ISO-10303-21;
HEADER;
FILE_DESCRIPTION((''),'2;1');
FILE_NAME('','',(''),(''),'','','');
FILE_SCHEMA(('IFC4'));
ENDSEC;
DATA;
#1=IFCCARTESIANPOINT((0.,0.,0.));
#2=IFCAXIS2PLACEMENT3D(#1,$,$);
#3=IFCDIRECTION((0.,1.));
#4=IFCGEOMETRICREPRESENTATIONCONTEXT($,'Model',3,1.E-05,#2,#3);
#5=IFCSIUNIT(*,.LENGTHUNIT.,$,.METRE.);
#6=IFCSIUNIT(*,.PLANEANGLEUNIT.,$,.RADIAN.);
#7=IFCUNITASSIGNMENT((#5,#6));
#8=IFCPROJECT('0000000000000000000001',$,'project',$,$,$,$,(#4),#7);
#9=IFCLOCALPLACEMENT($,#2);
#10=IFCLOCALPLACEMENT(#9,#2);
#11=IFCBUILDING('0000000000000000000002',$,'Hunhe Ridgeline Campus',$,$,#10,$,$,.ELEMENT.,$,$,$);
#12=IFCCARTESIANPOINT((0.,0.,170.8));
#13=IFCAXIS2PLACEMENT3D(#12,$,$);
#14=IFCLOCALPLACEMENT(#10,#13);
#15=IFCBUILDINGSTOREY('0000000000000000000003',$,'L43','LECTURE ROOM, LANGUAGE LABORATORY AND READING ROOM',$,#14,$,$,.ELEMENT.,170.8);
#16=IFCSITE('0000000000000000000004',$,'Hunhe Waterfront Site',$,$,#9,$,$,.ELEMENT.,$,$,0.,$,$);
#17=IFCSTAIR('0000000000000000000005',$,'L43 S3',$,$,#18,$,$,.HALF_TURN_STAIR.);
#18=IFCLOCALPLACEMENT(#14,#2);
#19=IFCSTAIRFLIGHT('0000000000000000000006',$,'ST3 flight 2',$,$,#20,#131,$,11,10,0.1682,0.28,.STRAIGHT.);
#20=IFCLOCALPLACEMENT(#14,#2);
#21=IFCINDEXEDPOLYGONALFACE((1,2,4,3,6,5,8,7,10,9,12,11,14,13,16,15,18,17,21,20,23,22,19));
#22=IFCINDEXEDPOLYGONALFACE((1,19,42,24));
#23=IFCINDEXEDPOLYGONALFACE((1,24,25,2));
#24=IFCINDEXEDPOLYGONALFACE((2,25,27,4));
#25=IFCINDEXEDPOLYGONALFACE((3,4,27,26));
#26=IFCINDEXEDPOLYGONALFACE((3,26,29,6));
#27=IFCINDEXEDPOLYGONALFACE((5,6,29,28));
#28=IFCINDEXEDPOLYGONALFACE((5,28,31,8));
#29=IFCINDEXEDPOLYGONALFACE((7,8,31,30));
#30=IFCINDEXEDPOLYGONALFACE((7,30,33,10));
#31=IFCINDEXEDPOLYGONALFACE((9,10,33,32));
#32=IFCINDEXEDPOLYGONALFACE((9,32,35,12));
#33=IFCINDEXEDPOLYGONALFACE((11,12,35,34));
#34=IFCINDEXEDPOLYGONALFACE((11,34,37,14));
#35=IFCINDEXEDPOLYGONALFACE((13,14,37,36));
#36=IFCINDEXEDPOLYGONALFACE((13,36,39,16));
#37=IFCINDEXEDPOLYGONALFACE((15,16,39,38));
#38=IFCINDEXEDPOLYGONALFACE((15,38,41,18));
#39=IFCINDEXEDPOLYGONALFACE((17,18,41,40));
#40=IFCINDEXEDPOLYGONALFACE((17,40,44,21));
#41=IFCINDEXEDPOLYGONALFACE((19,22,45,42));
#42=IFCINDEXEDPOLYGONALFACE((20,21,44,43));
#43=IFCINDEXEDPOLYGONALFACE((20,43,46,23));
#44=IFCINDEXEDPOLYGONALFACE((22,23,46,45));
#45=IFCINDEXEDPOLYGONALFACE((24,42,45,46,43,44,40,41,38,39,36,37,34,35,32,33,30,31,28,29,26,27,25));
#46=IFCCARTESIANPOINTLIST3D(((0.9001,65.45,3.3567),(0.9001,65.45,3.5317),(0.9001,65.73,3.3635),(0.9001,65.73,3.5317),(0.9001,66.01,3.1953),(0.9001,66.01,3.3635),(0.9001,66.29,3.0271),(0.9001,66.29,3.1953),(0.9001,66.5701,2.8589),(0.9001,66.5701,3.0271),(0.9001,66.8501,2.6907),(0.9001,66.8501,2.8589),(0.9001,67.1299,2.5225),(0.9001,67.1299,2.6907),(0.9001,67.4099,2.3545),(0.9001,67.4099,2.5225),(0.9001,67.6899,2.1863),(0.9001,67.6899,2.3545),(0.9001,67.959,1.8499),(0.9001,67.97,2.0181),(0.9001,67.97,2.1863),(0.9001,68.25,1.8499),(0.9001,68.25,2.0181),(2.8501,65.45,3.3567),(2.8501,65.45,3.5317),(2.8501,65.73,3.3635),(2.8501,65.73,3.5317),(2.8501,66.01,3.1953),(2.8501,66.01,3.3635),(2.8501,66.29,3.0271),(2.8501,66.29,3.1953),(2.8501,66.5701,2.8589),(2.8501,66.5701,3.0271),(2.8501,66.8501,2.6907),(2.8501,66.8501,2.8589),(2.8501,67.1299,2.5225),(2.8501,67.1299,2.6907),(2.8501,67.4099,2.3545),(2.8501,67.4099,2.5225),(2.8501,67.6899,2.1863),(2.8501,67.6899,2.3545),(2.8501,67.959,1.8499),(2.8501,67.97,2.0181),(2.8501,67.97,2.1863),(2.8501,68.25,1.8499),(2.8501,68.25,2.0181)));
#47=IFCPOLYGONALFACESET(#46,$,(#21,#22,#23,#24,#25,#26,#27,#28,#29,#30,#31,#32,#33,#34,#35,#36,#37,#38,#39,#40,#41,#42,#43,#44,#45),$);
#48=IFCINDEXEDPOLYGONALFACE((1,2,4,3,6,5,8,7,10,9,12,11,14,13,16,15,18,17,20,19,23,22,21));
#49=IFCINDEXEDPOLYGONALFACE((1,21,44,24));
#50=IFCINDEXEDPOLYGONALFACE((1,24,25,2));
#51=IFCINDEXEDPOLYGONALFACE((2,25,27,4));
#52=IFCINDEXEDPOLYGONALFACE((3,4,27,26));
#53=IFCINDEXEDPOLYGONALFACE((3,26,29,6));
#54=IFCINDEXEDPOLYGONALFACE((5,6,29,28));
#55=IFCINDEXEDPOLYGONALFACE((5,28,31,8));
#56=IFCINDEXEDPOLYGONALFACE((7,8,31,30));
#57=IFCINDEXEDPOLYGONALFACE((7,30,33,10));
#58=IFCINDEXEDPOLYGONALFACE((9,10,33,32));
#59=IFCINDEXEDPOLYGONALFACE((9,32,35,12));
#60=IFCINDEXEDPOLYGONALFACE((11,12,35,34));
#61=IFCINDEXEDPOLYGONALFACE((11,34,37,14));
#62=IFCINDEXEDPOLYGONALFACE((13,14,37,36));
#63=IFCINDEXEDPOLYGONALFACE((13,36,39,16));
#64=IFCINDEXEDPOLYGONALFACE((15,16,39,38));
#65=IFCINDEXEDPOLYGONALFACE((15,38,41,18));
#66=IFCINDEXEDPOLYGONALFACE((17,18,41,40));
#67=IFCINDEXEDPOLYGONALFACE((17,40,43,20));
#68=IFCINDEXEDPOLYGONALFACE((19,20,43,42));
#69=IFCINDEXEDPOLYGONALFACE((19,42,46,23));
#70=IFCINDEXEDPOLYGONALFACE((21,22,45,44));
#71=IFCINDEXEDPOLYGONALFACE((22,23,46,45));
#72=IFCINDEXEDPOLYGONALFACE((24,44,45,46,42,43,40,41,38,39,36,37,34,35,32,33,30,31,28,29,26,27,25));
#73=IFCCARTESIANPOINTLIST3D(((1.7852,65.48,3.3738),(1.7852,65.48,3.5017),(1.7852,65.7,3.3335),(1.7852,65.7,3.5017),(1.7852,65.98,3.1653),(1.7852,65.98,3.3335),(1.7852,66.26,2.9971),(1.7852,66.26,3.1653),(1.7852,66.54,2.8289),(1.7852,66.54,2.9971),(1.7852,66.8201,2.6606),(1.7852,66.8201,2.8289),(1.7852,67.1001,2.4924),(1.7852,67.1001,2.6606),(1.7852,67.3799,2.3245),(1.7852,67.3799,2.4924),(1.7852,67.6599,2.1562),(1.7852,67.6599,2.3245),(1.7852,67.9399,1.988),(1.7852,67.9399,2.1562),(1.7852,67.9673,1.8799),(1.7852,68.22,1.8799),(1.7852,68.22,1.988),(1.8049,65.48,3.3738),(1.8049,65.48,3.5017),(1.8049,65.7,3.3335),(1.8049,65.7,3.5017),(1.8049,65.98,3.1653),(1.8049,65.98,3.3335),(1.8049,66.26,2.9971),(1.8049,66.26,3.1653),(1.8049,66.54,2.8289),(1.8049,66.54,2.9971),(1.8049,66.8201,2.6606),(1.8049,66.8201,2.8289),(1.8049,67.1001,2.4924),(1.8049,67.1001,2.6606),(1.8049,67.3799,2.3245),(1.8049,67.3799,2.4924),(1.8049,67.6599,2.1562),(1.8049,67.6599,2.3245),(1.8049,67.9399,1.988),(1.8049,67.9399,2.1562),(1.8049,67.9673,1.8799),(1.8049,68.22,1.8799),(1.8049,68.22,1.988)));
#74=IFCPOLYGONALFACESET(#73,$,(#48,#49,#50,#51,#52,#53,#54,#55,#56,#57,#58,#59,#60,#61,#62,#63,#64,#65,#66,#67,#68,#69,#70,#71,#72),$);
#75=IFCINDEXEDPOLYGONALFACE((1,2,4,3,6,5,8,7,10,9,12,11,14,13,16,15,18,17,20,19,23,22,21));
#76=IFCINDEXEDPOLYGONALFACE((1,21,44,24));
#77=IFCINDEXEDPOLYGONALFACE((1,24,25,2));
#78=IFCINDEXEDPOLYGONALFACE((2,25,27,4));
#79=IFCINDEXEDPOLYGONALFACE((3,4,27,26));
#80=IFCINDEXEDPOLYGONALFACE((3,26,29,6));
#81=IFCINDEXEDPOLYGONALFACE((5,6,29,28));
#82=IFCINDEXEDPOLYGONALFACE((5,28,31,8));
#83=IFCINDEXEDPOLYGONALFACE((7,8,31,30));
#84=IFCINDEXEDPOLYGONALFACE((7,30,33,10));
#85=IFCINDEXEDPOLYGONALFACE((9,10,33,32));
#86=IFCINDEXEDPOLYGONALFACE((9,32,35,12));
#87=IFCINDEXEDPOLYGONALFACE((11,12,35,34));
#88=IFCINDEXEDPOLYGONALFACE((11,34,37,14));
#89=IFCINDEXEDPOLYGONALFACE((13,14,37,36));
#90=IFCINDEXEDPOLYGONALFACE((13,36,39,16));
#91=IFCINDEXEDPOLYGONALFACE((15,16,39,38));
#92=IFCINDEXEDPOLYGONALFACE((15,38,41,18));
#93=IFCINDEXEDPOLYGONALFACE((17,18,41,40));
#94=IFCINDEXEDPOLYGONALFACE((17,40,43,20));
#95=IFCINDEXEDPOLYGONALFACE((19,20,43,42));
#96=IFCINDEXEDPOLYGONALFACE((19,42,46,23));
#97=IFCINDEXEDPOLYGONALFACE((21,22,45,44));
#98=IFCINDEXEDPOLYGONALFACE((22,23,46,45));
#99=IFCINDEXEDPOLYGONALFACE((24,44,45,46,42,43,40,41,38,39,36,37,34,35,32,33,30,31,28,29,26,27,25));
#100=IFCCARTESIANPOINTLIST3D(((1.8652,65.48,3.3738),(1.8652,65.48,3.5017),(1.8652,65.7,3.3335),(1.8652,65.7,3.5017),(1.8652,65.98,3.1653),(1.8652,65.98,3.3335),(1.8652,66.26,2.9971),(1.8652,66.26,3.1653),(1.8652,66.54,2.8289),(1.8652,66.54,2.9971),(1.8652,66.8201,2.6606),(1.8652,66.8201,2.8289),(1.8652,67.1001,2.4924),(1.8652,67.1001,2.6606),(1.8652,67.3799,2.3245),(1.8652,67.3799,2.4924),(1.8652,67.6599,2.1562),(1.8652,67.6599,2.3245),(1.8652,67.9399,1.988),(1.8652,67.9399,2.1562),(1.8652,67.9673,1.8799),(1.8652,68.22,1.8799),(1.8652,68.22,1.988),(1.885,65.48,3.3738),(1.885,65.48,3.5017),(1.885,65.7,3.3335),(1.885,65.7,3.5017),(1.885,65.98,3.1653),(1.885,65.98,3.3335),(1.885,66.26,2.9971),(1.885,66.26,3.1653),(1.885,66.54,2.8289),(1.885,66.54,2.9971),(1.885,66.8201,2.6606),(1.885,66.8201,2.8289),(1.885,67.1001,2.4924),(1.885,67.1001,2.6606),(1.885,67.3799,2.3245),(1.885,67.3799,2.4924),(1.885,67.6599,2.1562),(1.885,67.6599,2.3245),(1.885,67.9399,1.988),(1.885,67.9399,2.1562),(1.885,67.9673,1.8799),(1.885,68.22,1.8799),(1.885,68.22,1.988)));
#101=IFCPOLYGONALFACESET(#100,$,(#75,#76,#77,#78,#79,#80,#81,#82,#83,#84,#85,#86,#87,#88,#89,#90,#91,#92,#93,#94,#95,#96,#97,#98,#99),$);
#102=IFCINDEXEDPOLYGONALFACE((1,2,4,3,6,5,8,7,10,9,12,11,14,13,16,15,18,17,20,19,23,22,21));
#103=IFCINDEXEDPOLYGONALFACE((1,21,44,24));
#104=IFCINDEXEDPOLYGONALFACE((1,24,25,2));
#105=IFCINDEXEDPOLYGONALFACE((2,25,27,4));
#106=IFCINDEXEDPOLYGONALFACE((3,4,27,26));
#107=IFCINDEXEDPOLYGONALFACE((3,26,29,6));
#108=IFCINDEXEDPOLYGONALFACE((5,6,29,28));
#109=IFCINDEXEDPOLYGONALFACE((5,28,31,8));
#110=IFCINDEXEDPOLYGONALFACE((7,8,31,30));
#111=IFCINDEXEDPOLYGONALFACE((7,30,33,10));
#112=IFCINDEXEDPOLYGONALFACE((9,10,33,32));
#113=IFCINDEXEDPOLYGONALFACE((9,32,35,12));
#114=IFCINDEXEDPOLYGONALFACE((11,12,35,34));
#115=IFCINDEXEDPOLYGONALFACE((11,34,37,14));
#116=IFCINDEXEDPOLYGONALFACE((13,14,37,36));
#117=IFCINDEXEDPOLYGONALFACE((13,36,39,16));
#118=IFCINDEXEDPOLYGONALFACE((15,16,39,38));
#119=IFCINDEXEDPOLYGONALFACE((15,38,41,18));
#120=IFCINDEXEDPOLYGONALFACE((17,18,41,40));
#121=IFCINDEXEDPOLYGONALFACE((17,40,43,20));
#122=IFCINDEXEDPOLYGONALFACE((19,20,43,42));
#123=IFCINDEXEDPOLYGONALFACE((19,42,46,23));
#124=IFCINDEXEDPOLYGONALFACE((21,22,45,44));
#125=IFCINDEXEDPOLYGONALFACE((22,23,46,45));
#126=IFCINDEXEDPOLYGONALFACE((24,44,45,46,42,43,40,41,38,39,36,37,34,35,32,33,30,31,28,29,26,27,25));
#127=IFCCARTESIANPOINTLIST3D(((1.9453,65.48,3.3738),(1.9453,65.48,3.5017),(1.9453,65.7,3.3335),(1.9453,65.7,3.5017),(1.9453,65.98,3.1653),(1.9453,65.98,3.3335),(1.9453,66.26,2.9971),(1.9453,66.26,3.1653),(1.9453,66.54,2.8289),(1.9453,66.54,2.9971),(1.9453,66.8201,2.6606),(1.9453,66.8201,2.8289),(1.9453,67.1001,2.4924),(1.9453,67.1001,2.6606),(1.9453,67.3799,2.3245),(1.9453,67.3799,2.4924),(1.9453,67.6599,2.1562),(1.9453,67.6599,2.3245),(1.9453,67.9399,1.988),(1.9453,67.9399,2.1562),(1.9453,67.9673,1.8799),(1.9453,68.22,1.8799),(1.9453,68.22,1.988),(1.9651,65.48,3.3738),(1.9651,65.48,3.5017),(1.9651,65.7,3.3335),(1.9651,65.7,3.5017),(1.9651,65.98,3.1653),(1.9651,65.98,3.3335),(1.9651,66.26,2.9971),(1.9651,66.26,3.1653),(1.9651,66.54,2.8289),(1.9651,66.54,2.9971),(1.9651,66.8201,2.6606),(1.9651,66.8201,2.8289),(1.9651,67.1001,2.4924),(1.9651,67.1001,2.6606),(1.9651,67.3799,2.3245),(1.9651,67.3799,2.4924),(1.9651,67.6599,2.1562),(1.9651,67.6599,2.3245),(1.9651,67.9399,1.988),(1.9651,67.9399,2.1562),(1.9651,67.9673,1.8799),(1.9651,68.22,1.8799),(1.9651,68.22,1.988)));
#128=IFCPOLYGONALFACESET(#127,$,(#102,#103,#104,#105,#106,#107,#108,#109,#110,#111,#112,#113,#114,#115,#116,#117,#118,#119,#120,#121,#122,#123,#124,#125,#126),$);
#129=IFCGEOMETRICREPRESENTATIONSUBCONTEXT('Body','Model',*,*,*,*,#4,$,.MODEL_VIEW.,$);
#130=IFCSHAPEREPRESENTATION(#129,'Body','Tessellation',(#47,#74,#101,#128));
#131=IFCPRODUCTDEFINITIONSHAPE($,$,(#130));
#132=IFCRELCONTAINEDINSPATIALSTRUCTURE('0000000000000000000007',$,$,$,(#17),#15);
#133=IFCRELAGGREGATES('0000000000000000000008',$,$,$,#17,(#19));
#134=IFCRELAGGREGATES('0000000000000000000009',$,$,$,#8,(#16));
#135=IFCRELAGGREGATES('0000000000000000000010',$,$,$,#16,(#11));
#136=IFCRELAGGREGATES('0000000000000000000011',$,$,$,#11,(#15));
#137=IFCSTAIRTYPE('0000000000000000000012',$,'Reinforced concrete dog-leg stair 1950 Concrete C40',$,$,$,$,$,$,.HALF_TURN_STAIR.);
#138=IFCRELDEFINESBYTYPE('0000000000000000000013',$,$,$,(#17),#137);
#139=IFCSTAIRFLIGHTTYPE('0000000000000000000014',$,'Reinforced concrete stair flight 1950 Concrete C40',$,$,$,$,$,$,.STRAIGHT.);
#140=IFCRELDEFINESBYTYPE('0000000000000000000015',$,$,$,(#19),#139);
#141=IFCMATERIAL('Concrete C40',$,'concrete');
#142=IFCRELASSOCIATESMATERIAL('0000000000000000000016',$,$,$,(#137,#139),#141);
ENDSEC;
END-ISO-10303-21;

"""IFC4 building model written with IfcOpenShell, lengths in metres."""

from ifc_helpers import new_model, si_unit, direction, frame, origin, place, context, subcontext, project, spatial, polyline, outline, extrude, material, type_object, element, aggregate, save


model = new_model("IFC4")

# Units and contexts
model_context = context("Model", 3, precision=1e-05, world=origin(), true_north=direction((0.0, 1.0)))
body_context = subcontext(model_context, "Body", "Model", "MODEL_VIEW")
ifc_project = project(units=[si_unit("LENGTHUNIT", "METRE"), si_unit("PLANEANGLEUNIT", "RADIAN")], contexts=[model_context])

# Site, building, storey
site_placement = place(None, origin())
site = spatial("IfcSite", under=ifc_project, at=site_placement, Name="Hunhe Waterfront Site", CompositionType="ELEMENT", RefElevation=0.0)
building_placement = place(site_placement, origin())
building = spatial("IfcBuilding", under=site, at=building_placement, Name="Hunhe Ridgeline Campus", CompositionType="ELEMENT")
storey_placement = place(building_placement, frame((0.0, 0.0, 170.8)))
storey = spatial("IfcBuildingStorey", under=building, at=storey_placement, Name="L43", Description="LECTURE ROOM, LANGUAGE LABORATORY AND READING ROOM", CompositionType="ELEMENT", Elevation=170.8)

# Stair, stair flight
ifc_material_1 = material(Name="Concrete C40", Category="concrete")
stair_type = type_object("IfcStairType", Name="Reinforced concrete dog-leg stair 1950 Concrete C40", PredefinedType="HALF_TURN_STAIR", material=ifc_material_1)
stair_1_placement = place(storey_placement, origin())
stair_1 = element("IfcStair", 1, at=stair_1_placement, inside=storey, type_object=stair_type, Name="L43 S3", PredefinedType="HALF_TURN_STAIR")
stair_flight_type = type_object("IfcStairFlightType", Name="Reinforced concrete stair flight 1950 Concrete C40", PredefinedType="STRAIGHT", material=ifc_material_1)
stair_flight_1_placement = place(storey_placement, frame((1.875, 68.25, 1.8499), z_axis=(0.0, 0.0, 1.0), x_axis=(0.0, -1.0, 0.0)))
stair_flight_1 = element("IfcStairFlight", 2, at=stair_flight_1_placement, type_object=stair_flight_type, Name="ST3 flight 2", NumberOfRisers=11, NumberOfTreads=10, PredefinedType="STRAIGHT", RiserHeight=0.1682, TreadLength=0.28, context=body_context, shape_type="SweptSolid", body=[
    extrude(outline(polyline([(0.0, 0.0), (0.0, 0.1682), (0.28, 0.1682), (0.28, 0.3364), (0.5601, 0.3364), (0.5601, 0.5046), (0.8401, 0.5046), (0.8401, 0.6726), (1.1201, 0.6726), (1.1201, 0.8408), (1.3999, 0.8408), (1.3999, 1.009), (1.6799, 1.009), (1.6799, 1.1772), (1.96, 1.1772), (1.96, 1.3455), (2.24, 1.3455), (2.24, 1.5137), (2.52, 1.5137), (2.52, 1.6819), (2.8, 1.6819), (2.8, 1.8501), (2.8, 1.5068), (0.291, 0.0), (0.0, 0.0)])), frame((0.0, 0.9751, 0.0), z_axis=(0.0, -1.0, 0.0), x_axis=(1.0, 0.0, 0.0)), (0.0, 0.0, 1.0), 1.95),
    extrude(outline(polyline([(0.03, 0.03), (0.03, 0.1382), (0.3101, 0.1382), (0.3101, 0.3064), (0.5901, 0.3064), (0.5901, 0.4746), (0.8701, 0.4746), (0.8701, 0.6426), (1.1499, 0.6426), (1.1499, 0.8108), (1.4299, 0.8108), (1.4299, 0.979), (1.71, 0.979), (1.71, 1.1472), (1.99, 1.1472), (1.99, 1.3154), (2.27, 1.3154), (2.27, 1.4836), (2.55, 1.4836), (2.55, 1.6519), (2.77, 1.6519), (2.77, 1.5239), (0.2827, 0.03), (0.03, 0.03)])), frame((0.0, -0.0701, 0.0), z_axis=(0.0, -1.0, 0.0), x_axis=(1.0, 0.0, 0.0)), (0.0, 0.0, 1.0), 0.0198),
    extrude(outline(polyline([(0.03, 0.03), (0.03, 0.1382), (0.3101, 0.1382), (0.3101, 0.3064), (0.5901, 0.3064), (0.5901, 0.4746), (0.8701, 0.4746), (0.8701, 0.6426), (1.1499, 0.6426), (1.1499, 0.8108), (1.4299, 0.8108), (1.4299, 0.979), (1.71, 0.979), (1.71, 1.1472), (1.99, 1.1472), (1.99, 1.3154), (2.27, 1.3154), (2.27, 1.4836), (2.55, 1.4836), (2.55, 1.6519), (2.77, 1.6519), (2.77, 1.5239), (0.2827, 0.03), (0.03, 0.03)])), frame((0.0, 0.01, 0.0), z_axis=(0.0, -1.0, 0.0), x_axis=(1.0, 0.0, 0.0)), (0.0, 0.0, 1.0), 0.0198),
    extrude(outline(polyline([(0.03, 0.03), (0.03, 0.1382), (0.3101, 0.1382), (0.3101, 0.3064), (0.5901, 0.3064), (0.5901, 0.4746), (0.8701, 0.4746), (0.8701, 0.6426), (1.1499, 0.6426), (1.1499, 0.8108), (1.4299, 0.8108), (1.4299, 0.979), (1.71, 0.979), (1.71, 1.1472), (1.99, 1.1472), (1.99, 1.3154), (2.27, 1.3154), (2.27, 1.4836), (2.55, 1.4836), (2.55, 1.6519), (2.77, 1.6519), (2.77, 1.5239), (0.2827, 0.03), (0.03, 0.03)])), frame((0.0, 0.0901, 0.0), z_axis=(0.0, -1.0, 0.0), x_axis=(1.0, 0.0, 0.0)), (0.0, 0.0, 1.0), 0.0198),
])
aggregate(stair_1, [stair_flight_1])

save(model, "model.ifc")
